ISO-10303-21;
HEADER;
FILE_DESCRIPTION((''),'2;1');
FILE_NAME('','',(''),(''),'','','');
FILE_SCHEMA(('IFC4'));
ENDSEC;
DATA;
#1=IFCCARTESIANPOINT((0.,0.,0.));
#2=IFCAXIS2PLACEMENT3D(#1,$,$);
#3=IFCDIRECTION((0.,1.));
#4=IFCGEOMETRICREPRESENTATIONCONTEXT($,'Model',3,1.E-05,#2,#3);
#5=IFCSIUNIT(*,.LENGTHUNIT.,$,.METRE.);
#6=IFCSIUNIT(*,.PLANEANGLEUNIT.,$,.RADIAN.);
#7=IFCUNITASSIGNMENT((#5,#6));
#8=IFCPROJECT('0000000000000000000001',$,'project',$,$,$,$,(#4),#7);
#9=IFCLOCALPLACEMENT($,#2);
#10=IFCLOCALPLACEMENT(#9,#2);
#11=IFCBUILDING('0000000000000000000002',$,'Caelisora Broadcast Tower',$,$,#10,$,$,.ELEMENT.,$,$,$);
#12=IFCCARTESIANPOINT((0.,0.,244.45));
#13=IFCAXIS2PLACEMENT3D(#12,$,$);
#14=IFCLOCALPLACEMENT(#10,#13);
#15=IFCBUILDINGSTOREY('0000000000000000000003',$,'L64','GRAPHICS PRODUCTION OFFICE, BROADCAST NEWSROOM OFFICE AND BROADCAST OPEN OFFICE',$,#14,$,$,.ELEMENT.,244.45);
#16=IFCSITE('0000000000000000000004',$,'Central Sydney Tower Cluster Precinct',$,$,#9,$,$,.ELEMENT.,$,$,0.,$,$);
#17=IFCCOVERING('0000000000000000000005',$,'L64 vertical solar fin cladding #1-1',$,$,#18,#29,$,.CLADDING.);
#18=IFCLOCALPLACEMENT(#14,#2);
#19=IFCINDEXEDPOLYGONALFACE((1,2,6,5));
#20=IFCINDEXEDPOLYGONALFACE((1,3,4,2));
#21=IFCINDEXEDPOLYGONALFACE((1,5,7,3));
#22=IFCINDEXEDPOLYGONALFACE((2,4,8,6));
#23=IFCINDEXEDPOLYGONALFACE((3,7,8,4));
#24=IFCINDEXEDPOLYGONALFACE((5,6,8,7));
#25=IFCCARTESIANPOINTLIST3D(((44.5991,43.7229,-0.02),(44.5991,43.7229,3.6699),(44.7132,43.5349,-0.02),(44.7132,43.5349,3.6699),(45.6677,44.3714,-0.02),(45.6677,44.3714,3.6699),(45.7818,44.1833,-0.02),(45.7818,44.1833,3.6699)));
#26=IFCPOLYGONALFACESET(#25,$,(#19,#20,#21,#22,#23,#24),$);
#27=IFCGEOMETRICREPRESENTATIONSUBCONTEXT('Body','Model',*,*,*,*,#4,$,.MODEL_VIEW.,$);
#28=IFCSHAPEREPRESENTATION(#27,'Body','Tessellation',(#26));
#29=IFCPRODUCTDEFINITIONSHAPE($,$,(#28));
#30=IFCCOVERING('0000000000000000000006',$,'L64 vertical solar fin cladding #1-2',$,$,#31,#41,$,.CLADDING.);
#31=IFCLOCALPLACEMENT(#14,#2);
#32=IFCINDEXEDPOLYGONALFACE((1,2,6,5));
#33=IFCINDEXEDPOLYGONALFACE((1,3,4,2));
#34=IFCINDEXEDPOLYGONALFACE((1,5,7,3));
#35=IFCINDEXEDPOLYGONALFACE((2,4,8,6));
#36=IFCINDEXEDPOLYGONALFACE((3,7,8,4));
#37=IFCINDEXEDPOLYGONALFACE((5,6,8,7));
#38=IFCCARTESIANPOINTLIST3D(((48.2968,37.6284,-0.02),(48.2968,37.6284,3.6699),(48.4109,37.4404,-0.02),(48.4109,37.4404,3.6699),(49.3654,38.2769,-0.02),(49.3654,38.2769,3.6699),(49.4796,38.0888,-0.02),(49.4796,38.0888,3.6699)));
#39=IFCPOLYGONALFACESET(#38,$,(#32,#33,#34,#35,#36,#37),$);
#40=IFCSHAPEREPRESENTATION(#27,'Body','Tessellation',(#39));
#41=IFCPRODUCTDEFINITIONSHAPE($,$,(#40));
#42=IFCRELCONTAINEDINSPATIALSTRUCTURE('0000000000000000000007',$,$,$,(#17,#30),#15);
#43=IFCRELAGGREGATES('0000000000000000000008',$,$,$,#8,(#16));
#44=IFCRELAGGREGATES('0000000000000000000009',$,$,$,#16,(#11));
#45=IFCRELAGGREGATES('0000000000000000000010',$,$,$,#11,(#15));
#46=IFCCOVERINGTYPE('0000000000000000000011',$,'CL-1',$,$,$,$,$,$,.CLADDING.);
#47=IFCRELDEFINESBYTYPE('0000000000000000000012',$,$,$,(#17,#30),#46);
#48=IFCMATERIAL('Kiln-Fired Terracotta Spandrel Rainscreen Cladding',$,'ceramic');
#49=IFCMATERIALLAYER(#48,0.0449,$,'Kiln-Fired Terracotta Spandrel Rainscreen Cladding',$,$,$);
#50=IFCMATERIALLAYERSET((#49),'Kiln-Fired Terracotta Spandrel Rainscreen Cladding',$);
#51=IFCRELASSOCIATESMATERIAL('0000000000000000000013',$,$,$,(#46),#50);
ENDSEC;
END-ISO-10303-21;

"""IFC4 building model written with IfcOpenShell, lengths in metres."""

from ifc_helpers import new_model, si_unit, direction, frame, origin, origin_2d, place, context, subcontext, project, spatial, rectangle, extrude, source, transform, mapped, material, layer, layer_set, type_object, type_shapes, element, save


model = new_model("IFC4")

# Units and contexts
model_context = context("Model", 3, precision=1e-05, world=origin(), true_north=direction((0.0, 1.0)))
body_context = subcontext(model_context, "Body", "Model", "MODEL_VIEW")
ifc_project = project(units=[si_unit("LENGTHUNIT", "METRE"), si_unit("PLANEANGLEUNIT", "RADIAN")], contexts=[model_context])

# Site, building, storey
site_placement = place(None, origin())
site = spatial("IfcSite", under=ifc_project, at=site_placement, Name="Central Sydney Tower Cluster Precinct", CompositionType="ELEMENT", RefElevation=0.0)
building_placement = place(site_placement, origin())
building = spatial("IfcBuilding", under=site, at=building_placement, Name="Caelisora Broadcast Tower", CompositionType="ELEMENT")
storey_placement = place(building_placement, frame((0.0, 0.0, 244.45)))
storey = spatial("IfcBuildingStorey", under=building, at=storey_placement, Name="L64", Description="GRAPHICS PRODUCTION OFFICE, BROADCAST NEWSROOM OFFICE AND BROADCAST OPEN OFFICE", CompositionType="ELEMENT", Elevation=244.45)

# Coverings
ifc_material_1 = material(Name="Kiln-Fired Terracotta Spandrel Rainscreen Cladding", Category="ceramic")
ifc_layer_1 = layer(ifc_material_1, 0.0449, Name="Kiln-Fired Terracotta Spandrel Rainscreen Cladding")
ifc_layer_set_1 = layer_set([ifc_layer_1], Name="Kiln-Fired Terracotta Spandrel Rainscreen Cladding")
covering_type = type_object("IfcCoveringType", Name="CL-1", PredefinedType="CLADDING", material=ifc_layer_set_1)
shared_shape_1 = source(origin(), body_context, "Body", "SweptSolid", [
    extrude(rectangle(XDim=0.22, YDim=1.25, at=origin_2d()), origin(), (0.0, 0.0, 1.0), 3.6899),
])
type_shapes(covering_type, [shared_shape_1])
for number, where, z_axis, x_axis, name in (
    (1, (45.1904, 43.9531, -0.02), (0.0, 0.0, 1.0), (0.518773, -0.854912, 0.0), "L64 vertical solar fin cladding #1-1"),
    (2, (48.8882, 37.8586, -0.02), (0.0, 0.0, 1.0), (0.518773, -0.854912, 0.0), "L64 vertical solar fin cladding #1-2"),
):
    element("IfcCovering", number, at=place(storey_placement, frame(where, z_axis=z_axis, x_axis=x_axis)), inside=storey, type_object=covering_type, Name=name, PredefinedType="CLADDING", context=body_context, shape_type="MappedRepresentation", body=[
        mapped(shared_shape_1, transform((0.0, 0.0, 0.0), scale=1.0)),
    ])

save(model, "model.ifc")
